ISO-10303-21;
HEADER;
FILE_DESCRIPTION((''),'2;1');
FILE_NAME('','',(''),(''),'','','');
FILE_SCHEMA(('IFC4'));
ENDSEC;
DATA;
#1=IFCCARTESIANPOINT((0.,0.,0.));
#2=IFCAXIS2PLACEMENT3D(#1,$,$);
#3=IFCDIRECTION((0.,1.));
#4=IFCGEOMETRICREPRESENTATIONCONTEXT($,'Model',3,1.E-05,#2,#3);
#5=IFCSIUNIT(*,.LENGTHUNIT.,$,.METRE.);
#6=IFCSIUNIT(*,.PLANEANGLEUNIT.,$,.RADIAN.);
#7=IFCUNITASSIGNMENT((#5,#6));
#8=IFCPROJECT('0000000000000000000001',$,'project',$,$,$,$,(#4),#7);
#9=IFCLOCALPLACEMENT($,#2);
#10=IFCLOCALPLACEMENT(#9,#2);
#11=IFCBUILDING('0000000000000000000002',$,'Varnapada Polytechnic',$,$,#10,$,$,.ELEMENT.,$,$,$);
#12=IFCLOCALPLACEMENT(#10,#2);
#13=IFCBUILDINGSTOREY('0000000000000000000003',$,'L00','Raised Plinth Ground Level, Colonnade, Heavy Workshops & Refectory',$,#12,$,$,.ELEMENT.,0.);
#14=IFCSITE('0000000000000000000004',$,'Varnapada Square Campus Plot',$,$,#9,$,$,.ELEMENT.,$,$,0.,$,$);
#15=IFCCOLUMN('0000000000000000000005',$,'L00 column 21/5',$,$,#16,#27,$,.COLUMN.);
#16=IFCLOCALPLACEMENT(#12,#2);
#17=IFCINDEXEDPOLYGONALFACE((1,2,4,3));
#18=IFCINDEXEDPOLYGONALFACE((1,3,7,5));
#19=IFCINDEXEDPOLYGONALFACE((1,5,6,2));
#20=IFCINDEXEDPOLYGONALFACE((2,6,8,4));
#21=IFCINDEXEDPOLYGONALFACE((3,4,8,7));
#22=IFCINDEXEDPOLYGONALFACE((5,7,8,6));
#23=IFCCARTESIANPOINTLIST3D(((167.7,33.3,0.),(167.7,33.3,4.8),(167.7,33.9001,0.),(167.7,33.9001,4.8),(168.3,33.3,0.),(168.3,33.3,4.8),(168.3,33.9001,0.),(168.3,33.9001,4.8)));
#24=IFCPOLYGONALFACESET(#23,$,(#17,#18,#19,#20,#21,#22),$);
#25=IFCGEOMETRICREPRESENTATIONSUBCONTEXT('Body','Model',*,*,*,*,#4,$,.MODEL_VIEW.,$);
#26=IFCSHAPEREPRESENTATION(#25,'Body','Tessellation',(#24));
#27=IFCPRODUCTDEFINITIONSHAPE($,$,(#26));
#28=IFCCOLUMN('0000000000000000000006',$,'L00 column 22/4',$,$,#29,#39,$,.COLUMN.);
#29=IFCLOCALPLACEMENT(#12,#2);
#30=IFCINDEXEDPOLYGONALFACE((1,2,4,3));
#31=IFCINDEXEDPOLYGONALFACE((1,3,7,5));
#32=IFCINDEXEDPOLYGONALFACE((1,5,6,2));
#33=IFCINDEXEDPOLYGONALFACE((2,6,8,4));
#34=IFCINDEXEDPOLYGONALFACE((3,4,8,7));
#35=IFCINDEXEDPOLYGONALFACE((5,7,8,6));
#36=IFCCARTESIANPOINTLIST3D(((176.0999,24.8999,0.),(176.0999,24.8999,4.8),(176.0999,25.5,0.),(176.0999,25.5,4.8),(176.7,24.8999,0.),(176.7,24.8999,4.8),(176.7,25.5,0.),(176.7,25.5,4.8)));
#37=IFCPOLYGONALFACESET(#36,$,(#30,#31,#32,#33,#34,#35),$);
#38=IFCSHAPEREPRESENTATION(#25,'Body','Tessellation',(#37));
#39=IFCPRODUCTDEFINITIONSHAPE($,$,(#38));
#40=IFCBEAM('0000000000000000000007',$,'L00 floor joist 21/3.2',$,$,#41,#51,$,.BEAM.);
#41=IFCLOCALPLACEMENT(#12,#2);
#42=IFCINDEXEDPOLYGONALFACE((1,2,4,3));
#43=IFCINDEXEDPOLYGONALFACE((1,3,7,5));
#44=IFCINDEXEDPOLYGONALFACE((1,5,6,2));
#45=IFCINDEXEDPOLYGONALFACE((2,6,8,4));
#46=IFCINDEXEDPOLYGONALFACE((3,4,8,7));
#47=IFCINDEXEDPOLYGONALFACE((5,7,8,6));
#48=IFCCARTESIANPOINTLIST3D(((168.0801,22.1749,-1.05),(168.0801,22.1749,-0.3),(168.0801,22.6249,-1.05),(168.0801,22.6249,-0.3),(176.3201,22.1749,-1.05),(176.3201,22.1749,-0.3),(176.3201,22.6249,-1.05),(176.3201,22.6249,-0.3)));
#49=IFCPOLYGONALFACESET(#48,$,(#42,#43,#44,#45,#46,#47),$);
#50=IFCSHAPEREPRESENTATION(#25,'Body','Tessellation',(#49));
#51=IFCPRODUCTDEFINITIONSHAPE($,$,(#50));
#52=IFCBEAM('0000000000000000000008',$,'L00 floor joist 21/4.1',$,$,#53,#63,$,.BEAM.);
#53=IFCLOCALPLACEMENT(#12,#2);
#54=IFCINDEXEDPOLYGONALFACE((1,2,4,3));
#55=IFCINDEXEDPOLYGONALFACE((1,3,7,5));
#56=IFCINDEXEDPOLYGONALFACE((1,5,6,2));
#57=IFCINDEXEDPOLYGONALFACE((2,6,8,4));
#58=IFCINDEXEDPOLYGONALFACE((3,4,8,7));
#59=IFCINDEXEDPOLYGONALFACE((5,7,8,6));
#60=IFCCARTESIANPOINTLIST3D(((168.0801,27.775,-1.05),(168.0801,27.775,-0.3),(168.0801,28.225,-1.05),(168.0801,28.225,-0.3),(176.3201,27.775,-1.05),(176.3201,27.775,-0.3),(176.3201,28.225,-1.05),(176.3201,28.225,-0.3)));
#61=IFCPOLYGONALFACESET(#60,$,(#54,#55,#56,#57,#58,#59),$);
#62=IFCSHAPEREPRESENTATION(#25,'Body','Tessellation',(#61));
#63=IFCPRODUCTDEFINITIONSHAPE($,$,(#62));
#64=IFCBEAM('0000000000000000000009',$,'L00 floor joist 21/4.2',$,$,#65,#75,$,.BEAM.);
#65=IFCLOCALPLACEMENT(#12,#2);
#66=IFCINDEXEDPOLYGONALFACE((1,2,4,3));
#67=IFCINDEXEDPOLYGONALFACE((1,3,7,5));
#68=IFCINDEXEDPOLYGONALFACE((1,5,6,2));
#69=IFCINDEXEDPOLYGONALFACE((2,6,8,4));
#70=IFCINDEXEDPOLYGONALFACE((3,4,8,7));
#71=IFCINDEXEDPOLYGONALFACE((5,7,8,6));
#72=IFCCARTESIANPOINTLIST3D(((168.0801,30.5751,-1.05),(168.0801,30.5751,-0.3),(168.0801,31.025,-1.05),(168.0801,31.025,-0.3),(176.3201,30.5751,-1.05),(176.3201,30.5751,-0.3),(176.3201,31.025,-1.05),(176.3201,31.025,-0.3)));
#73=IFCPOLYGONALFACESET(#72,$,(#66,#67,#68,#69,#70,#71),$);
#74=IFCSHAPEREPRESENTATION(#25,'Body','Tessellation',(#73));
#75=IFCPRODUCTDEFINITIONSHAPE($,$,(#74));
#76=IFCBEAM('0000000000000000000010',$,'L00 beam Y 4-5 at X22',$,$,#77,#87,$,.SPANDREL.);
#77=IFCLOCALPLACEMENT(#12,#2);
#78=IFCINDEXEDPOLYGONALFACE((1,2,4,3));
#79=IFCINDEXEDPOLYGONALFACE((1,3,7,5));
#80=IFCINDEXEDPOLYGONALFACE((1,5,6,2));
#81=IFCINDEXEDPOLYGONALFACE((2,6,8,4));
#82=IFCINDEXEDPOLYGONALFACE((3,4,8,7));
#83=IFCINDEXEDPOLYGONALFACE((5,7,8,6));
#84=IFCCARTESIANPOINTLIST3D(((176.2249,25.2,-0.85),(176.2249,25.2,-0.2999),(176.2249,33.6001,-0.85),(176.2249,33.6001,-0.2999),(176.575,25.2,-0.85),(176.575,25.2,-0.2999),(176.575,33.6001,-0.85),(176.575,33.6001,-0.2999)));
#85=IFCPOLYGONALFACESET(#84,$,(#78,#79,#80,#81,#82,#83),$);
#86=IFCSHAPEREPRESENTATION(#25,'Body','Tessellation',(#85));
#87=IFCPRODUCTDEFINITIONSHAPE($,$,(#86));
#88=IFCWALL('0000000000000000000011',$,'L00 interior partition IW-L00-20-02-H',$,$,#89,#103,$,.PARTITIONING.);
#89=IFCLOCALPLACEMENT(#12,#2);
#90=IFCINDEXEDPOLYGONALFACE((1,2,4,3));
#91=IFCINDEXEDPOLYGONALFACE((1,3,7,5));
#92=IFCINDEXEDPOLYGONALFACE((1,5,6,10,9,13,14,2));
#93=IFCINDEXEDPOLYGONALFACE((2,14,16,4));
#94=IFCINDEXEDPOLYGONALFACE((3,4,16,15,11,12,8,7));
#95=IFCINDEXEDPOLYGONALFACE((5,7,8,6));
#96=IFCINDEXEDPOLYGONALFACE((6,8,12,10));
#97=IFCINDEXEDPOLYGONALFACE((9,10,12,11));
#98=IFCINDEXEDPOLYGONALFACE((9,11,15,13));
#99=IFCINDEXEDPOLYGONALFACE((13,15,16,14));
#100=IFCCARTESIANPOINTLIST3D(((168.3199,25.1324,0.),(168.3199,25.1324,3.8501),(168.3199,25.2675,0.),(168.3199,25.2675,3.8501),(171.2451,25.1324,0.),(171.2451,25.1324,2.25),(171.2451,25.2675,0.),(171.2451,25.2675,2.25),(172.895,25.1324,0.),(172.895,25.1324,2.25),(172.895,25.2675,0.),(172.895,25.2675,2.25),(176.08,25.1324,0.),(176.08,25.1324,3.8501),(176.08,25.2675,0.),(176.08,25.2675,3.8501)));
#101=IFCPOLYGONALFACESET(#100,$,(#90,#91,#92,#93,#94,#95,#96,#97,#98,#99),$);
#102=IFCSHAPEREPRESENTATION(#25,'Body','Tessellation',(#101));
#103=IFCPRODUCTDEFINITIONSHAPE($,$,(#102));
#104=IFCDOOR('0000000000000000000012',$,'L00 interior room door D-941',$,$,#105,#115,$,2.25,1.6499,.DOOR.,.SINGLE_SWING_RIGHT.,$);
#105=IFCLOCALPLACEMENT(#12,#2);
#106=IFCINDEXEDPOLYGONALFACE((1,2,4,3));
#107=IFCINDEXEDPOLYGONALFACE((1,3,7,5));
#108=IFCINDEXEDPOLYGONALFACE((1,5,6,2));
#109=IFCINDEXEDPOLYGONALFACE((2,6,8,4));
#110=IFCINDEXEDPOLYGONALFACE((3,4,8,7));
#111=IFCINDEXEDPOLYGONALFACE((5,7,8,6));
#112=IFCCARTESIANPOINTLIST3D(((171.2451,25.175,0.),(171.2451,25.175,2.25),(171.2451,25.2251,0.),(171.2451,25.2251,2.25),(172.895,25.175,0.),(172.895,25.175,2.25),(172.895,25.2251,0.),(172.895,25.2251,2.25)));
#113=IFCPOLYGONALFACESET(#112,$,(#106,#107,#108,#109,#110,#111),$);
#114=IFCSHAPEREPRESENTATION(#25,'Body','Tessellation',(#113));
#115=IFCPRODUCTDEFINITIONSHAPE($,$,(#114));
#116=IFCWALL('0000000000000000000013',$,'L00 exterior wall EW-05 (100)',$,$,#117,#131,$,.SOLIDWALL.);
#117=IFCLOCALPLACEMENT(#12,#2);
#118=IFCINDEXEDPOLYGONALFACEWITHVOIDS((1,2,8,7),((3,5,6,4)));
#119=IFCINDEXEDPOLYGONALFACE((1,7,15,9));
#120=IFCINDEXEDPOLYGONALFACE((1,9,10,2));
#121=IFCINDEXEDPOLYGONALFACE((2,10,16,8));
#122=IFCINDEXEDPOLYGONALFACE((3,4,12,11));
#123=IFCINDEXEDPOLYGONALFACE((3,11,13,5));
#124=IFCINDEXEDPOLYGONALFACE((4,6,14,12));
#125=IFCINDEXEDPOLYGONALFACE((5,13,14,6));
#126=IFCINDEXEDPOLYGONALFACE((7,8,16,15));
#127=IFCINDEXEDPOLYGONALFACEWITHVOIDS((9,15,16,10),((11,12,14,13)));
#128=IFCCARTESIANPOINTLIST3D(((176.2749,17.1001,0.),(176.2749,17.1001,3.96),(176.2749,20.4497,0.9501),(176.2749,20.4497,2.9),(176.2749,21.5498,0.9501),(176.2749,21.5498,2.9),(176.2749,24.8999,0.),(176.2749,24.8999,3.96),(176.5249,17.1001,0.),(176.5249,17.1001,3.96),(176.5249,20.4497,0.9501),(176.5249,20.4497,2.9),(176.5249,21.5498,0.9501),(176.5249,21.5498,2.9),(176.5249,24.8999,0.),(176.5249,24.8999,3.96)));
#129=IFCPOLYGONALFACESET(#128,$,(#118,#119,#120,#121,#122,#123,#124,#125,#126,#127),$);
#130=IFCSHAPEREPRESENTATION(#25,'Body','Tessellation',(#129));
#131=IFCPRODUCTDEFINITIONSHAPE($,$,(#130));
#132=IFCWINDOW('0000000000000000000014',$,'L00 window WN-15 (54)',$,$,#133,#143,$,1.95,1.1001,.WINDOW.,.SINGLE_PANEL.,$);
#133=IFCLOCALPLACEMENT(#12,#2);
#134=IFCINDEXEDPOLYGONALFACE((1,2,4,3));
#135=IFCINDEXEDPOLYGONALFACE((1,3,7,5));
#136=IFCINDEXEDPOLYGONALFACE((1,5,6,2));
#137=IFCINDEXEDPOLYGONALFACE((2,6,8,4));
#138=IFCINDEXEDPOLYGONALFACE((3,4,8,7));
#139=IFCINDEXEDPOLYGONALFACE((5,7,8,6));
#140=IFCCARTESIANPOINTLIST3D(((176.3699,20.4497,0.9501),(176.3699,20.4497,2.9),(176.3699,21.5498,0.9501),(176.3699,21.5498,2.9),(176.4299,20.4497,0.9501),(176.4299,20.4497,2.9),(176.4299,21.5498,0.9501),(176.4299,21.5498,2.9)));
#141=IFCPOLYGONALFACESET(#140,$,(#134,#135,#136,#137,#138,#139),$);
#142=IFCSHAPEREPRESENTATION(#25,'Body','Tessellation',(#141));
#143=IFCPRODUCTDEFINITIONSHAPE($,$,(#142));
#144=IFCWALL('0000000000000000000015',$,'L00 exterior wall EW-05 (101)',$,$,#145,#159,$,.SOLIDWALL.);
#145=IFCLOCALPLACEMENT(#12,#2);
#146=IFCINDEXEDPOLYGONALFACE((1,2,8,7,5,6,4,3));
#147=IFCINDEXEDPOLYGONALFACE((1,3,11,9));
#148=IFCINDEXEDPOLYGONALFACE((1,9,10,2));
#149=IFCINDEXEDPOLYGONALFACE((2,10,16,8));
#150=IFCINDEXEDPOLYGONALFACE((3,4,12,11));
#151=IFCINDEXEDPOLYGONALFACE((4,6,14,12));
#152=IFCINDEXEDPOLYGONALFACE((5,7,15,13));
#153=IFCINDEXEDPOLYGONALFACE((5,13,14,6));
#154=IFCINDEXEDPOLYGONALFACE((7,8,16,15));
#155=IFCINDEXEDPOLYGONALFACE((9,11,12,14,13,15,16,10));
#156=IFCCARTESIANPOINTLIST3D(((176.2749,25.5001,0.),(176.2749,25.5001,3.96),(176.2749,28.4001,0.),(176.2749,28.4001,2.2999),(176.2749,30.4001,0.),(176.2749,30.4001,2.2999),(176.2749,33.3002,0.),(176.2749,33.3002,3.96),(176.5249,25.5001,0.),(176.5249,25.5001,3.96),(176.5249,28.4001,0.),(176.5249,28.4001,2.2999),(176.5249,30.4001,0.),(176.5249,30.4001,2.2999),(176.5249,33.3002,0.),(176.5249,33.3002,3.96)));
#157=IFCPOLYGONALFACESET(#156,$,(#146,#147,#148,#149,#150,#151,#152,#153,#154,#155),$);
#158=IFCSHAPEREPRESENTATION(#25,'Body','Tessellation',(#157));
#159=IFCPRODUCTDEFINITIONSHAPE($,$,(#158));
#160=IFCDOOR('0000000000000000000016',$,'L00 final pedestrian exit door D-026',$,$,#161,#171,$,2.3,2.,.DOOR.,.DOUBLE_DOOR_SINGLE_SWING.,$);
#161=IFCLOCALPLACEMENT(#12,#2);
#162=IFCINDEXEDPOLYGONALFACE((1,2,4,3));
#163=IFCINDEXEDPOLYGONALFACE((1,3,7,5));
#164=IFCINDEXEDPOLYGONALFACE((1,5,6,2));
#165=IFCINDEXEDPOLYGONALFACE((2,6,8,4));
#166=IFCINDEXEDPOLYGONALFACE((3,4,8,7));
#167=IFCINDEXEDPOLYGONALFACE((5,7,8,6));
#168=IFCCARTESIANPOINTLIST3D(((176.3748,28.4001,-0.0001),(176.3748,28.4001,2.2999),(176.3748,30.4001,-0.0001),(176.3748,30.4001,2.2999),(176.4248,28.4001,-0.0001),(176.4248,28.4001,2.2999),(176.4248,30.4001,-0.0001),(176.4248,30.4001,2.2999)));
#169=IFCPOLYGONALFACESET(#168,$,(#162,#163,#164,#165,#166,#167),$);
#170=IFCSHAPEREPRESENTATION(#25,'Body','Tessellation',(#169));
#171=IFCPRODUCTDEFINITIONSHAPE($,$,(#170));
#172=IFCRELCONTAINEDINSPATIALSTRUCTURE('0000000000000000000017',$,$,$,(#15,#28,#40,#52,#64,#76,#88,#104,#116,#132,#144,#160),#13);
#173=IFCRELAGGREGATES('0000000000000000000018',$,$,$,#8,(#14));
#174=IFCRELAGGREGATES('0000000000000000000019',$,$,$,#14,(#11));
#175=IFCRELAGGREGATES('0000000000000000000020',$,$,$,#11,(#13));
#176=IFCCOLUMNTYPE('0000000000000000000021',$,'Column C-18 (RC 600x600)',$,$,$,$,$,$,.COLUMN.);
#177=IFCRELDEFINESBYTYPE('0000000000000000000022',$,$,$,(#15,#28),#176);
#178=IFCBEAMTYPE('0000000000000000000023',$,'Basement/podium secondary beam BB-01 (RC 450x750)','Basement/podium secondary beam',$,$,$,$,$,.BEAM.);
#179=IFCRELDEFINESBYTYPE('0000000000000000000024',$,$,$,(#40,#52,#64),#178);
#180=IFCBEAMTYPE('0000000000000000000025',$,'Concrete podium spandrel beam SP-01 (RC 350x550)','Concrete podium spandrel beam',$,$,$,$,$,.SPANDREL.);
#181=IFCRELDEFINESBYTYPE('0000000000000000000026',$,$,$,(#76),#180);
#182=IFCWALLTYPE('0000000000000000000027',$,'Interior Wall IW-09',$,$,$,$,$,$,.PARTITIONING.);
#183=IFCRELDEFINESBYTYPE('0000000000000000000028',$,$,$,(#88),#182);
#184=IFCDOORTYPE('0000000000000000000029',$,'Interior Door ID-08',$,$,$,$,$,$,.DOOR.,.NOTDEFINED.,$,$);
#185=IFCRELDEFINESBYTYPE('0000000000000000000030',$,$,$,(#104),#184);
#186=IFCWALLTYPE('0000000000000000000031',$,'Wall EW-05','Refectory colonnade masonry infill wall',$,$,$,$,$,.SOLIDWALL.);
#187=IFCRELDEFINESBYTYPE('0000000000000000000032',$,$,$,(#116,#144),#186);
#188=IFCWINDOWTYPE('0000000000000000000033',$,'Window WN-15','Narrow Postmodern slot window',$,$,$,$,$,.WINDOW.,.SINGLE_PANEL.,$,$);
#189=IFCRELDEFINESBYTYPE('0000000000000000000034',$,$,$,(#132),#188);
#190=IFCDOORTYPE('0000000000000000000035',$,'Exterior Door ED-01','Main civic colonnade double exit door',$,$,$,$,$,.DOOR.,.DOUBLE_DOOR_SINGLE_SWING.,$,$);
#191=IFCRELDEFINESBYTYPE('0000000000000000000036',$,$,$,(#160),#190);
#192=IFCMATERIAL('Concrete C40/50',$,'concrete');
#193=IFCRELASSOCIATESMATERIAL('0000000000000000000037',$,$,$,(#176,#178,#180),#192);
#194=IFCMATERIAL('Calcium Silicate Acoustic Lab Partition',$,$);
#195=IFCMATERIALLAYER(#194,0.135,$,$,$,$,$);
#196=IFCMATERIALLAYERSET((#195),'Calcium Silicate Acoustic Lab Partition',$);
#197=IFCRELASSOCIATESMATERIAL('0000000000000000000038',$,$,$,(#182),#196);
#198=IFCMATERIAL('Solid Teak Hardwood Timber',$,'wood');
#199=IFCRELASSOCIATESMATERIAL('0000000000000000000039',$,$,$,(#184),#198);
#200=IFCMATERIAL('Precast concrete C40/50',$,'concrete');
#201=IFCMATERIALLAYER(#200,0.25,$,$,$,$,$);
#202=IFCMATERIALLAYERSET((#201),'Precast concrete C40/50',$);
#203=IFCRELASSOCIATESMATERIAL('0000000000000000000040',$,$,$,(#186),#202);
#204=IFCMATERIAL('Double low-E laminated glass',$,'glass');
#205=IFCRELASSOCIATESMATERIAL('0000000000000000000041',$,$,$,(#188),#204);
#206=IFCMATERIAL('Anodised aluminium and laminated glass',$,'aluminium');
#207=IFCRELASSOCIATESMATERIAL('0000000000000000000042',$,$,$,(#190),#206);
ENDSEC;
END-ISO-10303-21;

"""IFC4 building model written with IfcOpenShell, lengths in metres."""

from ifc_helpers import new_model, si_unit, direction, frame, frame_2d, origin, origin_2d, place, context, subcontext, project, spatial, rectangle, extrude, material, layer, layer_set, material_profile, profile_set, type_object, element, fill, save


model = new_model("IFC4")

# Units and contexts
model_context = context("Model", 3, precision=1e-05, world=origin(), true_north=direction((0.0, 1.0)))
body_context = subcontext(model_context, "Body", "Model", "MODEL_VIEW")
ifc_project = project(units=[si_unit("LENGTHUNIT", "METRE"), si_unit("PLANEANGLEUNIT", "RADIAN")], contexts=[model_context])

# Site, building, storey
site_placement = place(None, origin())
site = spatial("IfcSite", under=ifc_project, at=site_placement, Name="Varnapada Square Campus Plot", CompositionType="ELEMENT", RefElevation=0.0)
building_placement = place(site_placement, origin())
building = spatial("IfcBuilding", under=site, at=building_placement, Name="Varnapada Polytechnic", CompositionType="ELEMENT")
storey_placement = place(building_placement, origin())
storey = spatial("IfcBuildingStorey", under=building, at=storey_placement, Name="L00", Description="Raised Plinth Ground Level, Colonnade, Heavy Workshops & Refectory", CompositionType="ELEMENT", Elevation=0.0)

# Columns
ifc_material_1 = material(Name="Concrete C40/50", Category="concrete")
ifc_material_profile_1 = material_profile(ifc_material_1, rectangle(XDim=0.6001, YDim=0.6001, at=origin_2d()), Name="RC 600x600")
ifc_profile_set_1 = profile_set([ifc_material_profile_1], Name="Concrete C40/50")
column_type = type_object("IfcColumnType", Name="Column C-18 (RC 600x600)", PredefinedType="COLUMN", material=ifc_profile_set_1)
for number, where, z_axis, x_axis, name in (
    (1, (168.0, 33.6001, 0.0), (0.0, 0.0, 1.0), (1.0, 0.0, 0.0), "L00 column 21/5"),
    (2, (176.3999, 25.2, 0.0), (0.0, 0.0, 1.0), (1.0, 0.0, 0.0), "L00 column 22/4"),
):
    element("IfcColumn", number, at=place(storey_placement, frame(where, z_axis=z_axis, x_axis=x_axis)), inside=storey, type_object=column_type, Name=name, PredefinedType="COLUMN", context=body_context, shape_type="SweptSolid", body=[
        extrude(rectangle(XDim=0.6001, YDim=0.6001, at=origin_2d()), origin(), (0.0, 0.0, 1.0), 4.8),
    ])

# Beams
ifc_material_profile_2 = material_profile(ifc_material_1, rectangle(XDim=0.45, YDim=0.75, at=origin_2d()), Name="RC 450x750")
ifc_profile_set_2 = profile_set([ifc_material_profile_2], Name="Concrete C40/50")
beam_type_1 = type_object("IfcBeamType", Name="Basement/podium secondary beam BB-01 (RC 450x750)", Description="Basement/podium secondary beam", PredefinedType="BEAM", material=ifc_profile_set_2)
for number, where, z_axis, x_axis, name in (
    (3, (168.0801, 22.3999, -0.675), (1.0, 0.0, 0.0), (0.0, 1.0, 0.0), "L00 floor joist 21/3.2"),
    (4, (168.0801, 28.0, -0.675), (1.0, 0.0, 0.0), (0.0, 1.0, 0.0), "L00 floor joist 21/4.1"),
    (5, (168.0801, 30.8, -0.675), (1.0, 0.0, 0.0), (0.0, 1.0, 0.0), "L00 floor joist 21/4.2"),
):
    element("IfcBeam", number, at=place(storey_placement, frame(where, z_axis=z_axis, x_axis=x_axis)), inside=storey, type_object=beam_type_1, Name=name, PredefinedType="BEAM", context=body_context, shape_type="SweptSolid", body=[
        extrude(rectangle(XDim=0.45, YDim=0.75, at=origin_2d()), origin(), (0.0, 0.0, 1.0), 8.24),
    ])
ifc_material_profile_3 = material_profile(ifc_material_1, rectangle(XDim=0.3501, YDim=0.55, at=origin_2d()), Name="RC 350x550")
ifc_profile_set_3 = profile_set([ifc_material_profile_3], Name="Concrete C40/50")
beam_type_2 = type_object("IfcBeamType", Name="Concrete podium spandrel beam SP-01 (RC 350x550)", Description="Concrete podium spandrel beam", PredefinedType="SPANDREL", material=ifc_profile_set_3)
beam_placement = place(storey_placement, frame((176.3999, 25.2, -0.575), z_axis=(0.0, 1.0, 0.0), x_axis=(-1.0, 0.0, 0.0)))
element("IfcBeam", 6, at=beam_placement, inside=storey, type_object=beam_type_2, Name="L00 beam Y 4-5 at X22", PredefinedType="SPANDREL", context=body_context, shape_type="SweptSolid", body=[
    extrude(rectangle(XDim=0.3501, YDim=0.55, at=origin_2d()), origin(), (0.0, 0.0, 1.0), 8.4001),
])

# Wall, opening, door
ifc_material_2 = material(Name="Calcium Silicate Acoustic Lab Partition")
ifc_layer_1 = layer(ifc_material_2, 0.135)
ifc_layer_set_1 = layer_set([ifc_layer_1], Name="Calcium Silicate Acoustic Lab Partition")
wall_type_1 = type_object("IfcWallType", Name="Interior Wall IW-09", PredefinedType="PARTITIONING", material=ifc_layer_set_1)
wall_1_placement = place(storey_placement, frame((168.3201, 25.2, 0.0), z_axis=(0.0, 0.0, 1.0), x_axis=(1.0, 0.0, 0.0)))
wall_1 = element("IfcWall", 7, at=wall_1_placement, inside=storey, type_object=wall_type_1, Name="L00 interior partition IW-L00-20-02-H", PredefinedType="PARTITIONING", context=body_context, shape_type="SweptSolid", body=[
    extrude(rectangle(XDim=7.76, YDim=0.135, at=frame_2d((3.8799, 0.0))), origin(), (0.0, 0.0, 1.0), 3.8501),
])
opening_1_placement = place(wall_1_placement, frame((2.925, 0.0, 0.0)))
opening_1 = element("IfcOpeningElement", 8, at=opening_1_placement, cuts=wall_1, PredefinedType="OPENING", context=body_context, shape_type="SweptSolid", body=[
    extrude(rectangle(XDim=1.6499, YDim=2.25, at=frame_2d((0.825, 1.125))), frame((0.0, 0.0774, 0.0), z_axis=(0.0, -1.0, 0.0), x_axis=(1.0, 0.0, 0.0)), (0.0, 0.0, 1.0), 0.155),
])
ifc_material_3 = material(Name="Solid Teak Hardwood Timber", Category="wood")
door_type_1 = type_object("IfcDoorType", Name="Interior Door ID-08", OperationType="NOTDEFINED", PredefinedType="DOOR", material=ifc_material_3)
door_1_placement = place(opening_1_placement, frame((1.6499, 0.0, 0.0), z_axis=(0.0, 0.0, 1.0), x_axis=(-1.0, 0.0, 0.0)))
door_1 = element("IfcDoor", 9, at=door_1_placement, inside=storey, type_object=door_type_1, Name="L00 interior room door D-941", OperationType="SINGLE_SWING_RIGHT", OverallHeight=2.25, OverallWidth=1.6499, PredefinedType="DOOR", context=body_context, shape_type="SweptSolid", body=[
    extrude(rectangle(XDim=1.6499, YDim=2.25, at=frame_2d((0.825, 1.125))), frame((0.0, 0.0249, 0.0), z_axis=(0.0, -1.0, 0.0), x_axis=(1.0, 0.0, 0.0)), (0.0, 0.0, 1.0), 0.05),
])
fill(opening_1, door_1)

# Wall, opening, window
ifc_material_4 = material(Name="Precast concrete C40/50", Category="concrete")
ifc_layer_2 = layer(ifc_material_4, 0.25)
ifc_layer_set_2 = layer_set([ifc_layer_2], Name="Precast concrete C40/50")
wall_type_2 = type_object("IfcWallType", Name="Wall EW-05", Description="Refectory colonnade masonry infill wall", PredefinedType="SOLIDWALL", material=ifc_layer_set_2)
wall_2_placement = place(storey_placement, frame((176.3999, 24.8999, 0.0), z_axis=(0.0, 0.0, 1.0), x_axis=(0.0, -1.0, 0.0)))
wall_2 = element("IfcWall", 10, at=wall_2_placement, inside=storey, type_object=wall_type_2, Name="L00 exterior wall EW-05 (100)", PredefinedType="SOLIDWALL", context=body_context, shape_type="SweptSolid", body=[
    extrude(rectangle(XDim=7.7998, YDim=0.25, at=frame_2d((3.8999, 0.0))), origin(), (0.0, 0.0, 1.0), 3.96),
])
opening_2_placement = place(wall_2_placement, frame((3.3501, 0.0, 0.95)))
opening_2 = element("IfcOpeningElement", 11, at=opening_2_placement, cuts=wall_2, PredefinedType="OPENING", context=body_context, shape_type="SweptSolid", body=[
    extrude(rectangle(XDim=1.1001, YDim=1.95, at=frame_2d((0.55, 0.9751))), frame((0.0, 0.135, 0.0), z_axis=(0.0, -1.0, 0.0), x_axis=(1.0, 0.0, 0.0)), (0.0, 0.0, 1.0), 0.27),
])
ifc_material_5 = material(Name="Double low-E laminated glass", Category="glass")
window_type = type_object("IfcWindowType", Name="Window WN-15", Description="Narrow Postmodern slot window", PartitioningType="SINGLE_PANEL", PredefinedType="WINDOW", material=ifc_material_5)
window_placement = place(opening_2_placement, origin())
window = element("IfcWindow", 12, at=window_placement, inside=storey, type_object=window_type, Name="L00 window WN-15 (54)", OverallHeight=1.95, OverallWidth=1.1001, PartitioningType="SINGLE_PANEL", PredefinedType="WINDOW", context=body_context, shape_type="SweptSolid", body=[
    extrude(rectangle(XDim=1.1001, YDim=1.95, at=frame_2d((0.55, 0.9751))), frame((0.0, 0.03, 0.0), z_axis=(0.0, -1.0, 0.0), x_axis=(1.0, 0.0, 0.0)), (0.0, 0.0, 1.0), 0.0601),
])
fill(opening_2, window)

# Wall, opening, door
wall_3_placement = place(storey_placement, frame((176.3999, 33.3, 0.0), z_axis=(0.0, 0.0, 1.0), x_axis=(0.0, -1.0, 0.0)))
wall_3 = element("IfcWall", 13, at=wall_3_placement, inside=storey, type_object=wall_type_2, Name="L00 exterior wall EW-05 (101)", PredefinedType="SOLIDWALL", context=body_context, shape_type="SweptSolid", body=[
    extrude(rectangle(XDim=7.8, YDim=0.25, at=frame_2d((3.8999, 0.0))), origin(), (0.0, 0.0, 1.0), 3.96),
])
opening_3_placement = place(wall_3_placement, frame((2.8999, 0.0, 0.0)))
opening_3 = element("IfcOpeningElement", 14, at=opening_3_placement, cuts=wall_3, PredefinedType="OPENING", context=body_context, shape_type="SweptSolid", body=[
    extrude(rectangle(XDim=2.0, YDim=2.3, at=frame_2d((1.0, 1.1499))), frame((0.0, 0.135, 0.0), z_axis=(0.0, -1.0, 0.0), x_axis=(1.0, 0.0, 0.0)), (0.0, 0.0, 1.0), 0.27),
])
ifc_material_6 = material(Name="Anodised aluminium and laminated glass", Category="aluminium")
door_type_2 = type_object("IfcDoorType", Name="Exterior Door ED-01", Description="Main civic colonnade double exit door", OperationType="DOUBLE_DOOR_SINGLE_SWING", PredefinedType="DOOR", material=ifc_material_6)
door_2_placement = place(opening_3_placement, origin())
door_2 = element("IfcDoor", 15, at=door_2_placement, inside=storey, type_object=door_type_2, Name="L00 final pedestrian exit door D-026", OperationType="DOUBLE_DOOR_SINGLE_SWING", OverallHeight=2.3, OverallWidth=2.0, PredefinedType="DOOR", context=body_context, shape_type="SweptSolid", body=[
    extrude(rectangle(XDim=2.0, YDim=2.3, at=frame_2d((1.0, 1.1499))), frame((0.0, 0.0249, 0.0), z_axis=(0.0, -1.0, 0.0), x_axis=(1.0, 0.0, 0.0)), (0.0, 0.0, 1.0), 0.05),
])
fill(opening_3, door_2)

save(model, "model.ifc")
